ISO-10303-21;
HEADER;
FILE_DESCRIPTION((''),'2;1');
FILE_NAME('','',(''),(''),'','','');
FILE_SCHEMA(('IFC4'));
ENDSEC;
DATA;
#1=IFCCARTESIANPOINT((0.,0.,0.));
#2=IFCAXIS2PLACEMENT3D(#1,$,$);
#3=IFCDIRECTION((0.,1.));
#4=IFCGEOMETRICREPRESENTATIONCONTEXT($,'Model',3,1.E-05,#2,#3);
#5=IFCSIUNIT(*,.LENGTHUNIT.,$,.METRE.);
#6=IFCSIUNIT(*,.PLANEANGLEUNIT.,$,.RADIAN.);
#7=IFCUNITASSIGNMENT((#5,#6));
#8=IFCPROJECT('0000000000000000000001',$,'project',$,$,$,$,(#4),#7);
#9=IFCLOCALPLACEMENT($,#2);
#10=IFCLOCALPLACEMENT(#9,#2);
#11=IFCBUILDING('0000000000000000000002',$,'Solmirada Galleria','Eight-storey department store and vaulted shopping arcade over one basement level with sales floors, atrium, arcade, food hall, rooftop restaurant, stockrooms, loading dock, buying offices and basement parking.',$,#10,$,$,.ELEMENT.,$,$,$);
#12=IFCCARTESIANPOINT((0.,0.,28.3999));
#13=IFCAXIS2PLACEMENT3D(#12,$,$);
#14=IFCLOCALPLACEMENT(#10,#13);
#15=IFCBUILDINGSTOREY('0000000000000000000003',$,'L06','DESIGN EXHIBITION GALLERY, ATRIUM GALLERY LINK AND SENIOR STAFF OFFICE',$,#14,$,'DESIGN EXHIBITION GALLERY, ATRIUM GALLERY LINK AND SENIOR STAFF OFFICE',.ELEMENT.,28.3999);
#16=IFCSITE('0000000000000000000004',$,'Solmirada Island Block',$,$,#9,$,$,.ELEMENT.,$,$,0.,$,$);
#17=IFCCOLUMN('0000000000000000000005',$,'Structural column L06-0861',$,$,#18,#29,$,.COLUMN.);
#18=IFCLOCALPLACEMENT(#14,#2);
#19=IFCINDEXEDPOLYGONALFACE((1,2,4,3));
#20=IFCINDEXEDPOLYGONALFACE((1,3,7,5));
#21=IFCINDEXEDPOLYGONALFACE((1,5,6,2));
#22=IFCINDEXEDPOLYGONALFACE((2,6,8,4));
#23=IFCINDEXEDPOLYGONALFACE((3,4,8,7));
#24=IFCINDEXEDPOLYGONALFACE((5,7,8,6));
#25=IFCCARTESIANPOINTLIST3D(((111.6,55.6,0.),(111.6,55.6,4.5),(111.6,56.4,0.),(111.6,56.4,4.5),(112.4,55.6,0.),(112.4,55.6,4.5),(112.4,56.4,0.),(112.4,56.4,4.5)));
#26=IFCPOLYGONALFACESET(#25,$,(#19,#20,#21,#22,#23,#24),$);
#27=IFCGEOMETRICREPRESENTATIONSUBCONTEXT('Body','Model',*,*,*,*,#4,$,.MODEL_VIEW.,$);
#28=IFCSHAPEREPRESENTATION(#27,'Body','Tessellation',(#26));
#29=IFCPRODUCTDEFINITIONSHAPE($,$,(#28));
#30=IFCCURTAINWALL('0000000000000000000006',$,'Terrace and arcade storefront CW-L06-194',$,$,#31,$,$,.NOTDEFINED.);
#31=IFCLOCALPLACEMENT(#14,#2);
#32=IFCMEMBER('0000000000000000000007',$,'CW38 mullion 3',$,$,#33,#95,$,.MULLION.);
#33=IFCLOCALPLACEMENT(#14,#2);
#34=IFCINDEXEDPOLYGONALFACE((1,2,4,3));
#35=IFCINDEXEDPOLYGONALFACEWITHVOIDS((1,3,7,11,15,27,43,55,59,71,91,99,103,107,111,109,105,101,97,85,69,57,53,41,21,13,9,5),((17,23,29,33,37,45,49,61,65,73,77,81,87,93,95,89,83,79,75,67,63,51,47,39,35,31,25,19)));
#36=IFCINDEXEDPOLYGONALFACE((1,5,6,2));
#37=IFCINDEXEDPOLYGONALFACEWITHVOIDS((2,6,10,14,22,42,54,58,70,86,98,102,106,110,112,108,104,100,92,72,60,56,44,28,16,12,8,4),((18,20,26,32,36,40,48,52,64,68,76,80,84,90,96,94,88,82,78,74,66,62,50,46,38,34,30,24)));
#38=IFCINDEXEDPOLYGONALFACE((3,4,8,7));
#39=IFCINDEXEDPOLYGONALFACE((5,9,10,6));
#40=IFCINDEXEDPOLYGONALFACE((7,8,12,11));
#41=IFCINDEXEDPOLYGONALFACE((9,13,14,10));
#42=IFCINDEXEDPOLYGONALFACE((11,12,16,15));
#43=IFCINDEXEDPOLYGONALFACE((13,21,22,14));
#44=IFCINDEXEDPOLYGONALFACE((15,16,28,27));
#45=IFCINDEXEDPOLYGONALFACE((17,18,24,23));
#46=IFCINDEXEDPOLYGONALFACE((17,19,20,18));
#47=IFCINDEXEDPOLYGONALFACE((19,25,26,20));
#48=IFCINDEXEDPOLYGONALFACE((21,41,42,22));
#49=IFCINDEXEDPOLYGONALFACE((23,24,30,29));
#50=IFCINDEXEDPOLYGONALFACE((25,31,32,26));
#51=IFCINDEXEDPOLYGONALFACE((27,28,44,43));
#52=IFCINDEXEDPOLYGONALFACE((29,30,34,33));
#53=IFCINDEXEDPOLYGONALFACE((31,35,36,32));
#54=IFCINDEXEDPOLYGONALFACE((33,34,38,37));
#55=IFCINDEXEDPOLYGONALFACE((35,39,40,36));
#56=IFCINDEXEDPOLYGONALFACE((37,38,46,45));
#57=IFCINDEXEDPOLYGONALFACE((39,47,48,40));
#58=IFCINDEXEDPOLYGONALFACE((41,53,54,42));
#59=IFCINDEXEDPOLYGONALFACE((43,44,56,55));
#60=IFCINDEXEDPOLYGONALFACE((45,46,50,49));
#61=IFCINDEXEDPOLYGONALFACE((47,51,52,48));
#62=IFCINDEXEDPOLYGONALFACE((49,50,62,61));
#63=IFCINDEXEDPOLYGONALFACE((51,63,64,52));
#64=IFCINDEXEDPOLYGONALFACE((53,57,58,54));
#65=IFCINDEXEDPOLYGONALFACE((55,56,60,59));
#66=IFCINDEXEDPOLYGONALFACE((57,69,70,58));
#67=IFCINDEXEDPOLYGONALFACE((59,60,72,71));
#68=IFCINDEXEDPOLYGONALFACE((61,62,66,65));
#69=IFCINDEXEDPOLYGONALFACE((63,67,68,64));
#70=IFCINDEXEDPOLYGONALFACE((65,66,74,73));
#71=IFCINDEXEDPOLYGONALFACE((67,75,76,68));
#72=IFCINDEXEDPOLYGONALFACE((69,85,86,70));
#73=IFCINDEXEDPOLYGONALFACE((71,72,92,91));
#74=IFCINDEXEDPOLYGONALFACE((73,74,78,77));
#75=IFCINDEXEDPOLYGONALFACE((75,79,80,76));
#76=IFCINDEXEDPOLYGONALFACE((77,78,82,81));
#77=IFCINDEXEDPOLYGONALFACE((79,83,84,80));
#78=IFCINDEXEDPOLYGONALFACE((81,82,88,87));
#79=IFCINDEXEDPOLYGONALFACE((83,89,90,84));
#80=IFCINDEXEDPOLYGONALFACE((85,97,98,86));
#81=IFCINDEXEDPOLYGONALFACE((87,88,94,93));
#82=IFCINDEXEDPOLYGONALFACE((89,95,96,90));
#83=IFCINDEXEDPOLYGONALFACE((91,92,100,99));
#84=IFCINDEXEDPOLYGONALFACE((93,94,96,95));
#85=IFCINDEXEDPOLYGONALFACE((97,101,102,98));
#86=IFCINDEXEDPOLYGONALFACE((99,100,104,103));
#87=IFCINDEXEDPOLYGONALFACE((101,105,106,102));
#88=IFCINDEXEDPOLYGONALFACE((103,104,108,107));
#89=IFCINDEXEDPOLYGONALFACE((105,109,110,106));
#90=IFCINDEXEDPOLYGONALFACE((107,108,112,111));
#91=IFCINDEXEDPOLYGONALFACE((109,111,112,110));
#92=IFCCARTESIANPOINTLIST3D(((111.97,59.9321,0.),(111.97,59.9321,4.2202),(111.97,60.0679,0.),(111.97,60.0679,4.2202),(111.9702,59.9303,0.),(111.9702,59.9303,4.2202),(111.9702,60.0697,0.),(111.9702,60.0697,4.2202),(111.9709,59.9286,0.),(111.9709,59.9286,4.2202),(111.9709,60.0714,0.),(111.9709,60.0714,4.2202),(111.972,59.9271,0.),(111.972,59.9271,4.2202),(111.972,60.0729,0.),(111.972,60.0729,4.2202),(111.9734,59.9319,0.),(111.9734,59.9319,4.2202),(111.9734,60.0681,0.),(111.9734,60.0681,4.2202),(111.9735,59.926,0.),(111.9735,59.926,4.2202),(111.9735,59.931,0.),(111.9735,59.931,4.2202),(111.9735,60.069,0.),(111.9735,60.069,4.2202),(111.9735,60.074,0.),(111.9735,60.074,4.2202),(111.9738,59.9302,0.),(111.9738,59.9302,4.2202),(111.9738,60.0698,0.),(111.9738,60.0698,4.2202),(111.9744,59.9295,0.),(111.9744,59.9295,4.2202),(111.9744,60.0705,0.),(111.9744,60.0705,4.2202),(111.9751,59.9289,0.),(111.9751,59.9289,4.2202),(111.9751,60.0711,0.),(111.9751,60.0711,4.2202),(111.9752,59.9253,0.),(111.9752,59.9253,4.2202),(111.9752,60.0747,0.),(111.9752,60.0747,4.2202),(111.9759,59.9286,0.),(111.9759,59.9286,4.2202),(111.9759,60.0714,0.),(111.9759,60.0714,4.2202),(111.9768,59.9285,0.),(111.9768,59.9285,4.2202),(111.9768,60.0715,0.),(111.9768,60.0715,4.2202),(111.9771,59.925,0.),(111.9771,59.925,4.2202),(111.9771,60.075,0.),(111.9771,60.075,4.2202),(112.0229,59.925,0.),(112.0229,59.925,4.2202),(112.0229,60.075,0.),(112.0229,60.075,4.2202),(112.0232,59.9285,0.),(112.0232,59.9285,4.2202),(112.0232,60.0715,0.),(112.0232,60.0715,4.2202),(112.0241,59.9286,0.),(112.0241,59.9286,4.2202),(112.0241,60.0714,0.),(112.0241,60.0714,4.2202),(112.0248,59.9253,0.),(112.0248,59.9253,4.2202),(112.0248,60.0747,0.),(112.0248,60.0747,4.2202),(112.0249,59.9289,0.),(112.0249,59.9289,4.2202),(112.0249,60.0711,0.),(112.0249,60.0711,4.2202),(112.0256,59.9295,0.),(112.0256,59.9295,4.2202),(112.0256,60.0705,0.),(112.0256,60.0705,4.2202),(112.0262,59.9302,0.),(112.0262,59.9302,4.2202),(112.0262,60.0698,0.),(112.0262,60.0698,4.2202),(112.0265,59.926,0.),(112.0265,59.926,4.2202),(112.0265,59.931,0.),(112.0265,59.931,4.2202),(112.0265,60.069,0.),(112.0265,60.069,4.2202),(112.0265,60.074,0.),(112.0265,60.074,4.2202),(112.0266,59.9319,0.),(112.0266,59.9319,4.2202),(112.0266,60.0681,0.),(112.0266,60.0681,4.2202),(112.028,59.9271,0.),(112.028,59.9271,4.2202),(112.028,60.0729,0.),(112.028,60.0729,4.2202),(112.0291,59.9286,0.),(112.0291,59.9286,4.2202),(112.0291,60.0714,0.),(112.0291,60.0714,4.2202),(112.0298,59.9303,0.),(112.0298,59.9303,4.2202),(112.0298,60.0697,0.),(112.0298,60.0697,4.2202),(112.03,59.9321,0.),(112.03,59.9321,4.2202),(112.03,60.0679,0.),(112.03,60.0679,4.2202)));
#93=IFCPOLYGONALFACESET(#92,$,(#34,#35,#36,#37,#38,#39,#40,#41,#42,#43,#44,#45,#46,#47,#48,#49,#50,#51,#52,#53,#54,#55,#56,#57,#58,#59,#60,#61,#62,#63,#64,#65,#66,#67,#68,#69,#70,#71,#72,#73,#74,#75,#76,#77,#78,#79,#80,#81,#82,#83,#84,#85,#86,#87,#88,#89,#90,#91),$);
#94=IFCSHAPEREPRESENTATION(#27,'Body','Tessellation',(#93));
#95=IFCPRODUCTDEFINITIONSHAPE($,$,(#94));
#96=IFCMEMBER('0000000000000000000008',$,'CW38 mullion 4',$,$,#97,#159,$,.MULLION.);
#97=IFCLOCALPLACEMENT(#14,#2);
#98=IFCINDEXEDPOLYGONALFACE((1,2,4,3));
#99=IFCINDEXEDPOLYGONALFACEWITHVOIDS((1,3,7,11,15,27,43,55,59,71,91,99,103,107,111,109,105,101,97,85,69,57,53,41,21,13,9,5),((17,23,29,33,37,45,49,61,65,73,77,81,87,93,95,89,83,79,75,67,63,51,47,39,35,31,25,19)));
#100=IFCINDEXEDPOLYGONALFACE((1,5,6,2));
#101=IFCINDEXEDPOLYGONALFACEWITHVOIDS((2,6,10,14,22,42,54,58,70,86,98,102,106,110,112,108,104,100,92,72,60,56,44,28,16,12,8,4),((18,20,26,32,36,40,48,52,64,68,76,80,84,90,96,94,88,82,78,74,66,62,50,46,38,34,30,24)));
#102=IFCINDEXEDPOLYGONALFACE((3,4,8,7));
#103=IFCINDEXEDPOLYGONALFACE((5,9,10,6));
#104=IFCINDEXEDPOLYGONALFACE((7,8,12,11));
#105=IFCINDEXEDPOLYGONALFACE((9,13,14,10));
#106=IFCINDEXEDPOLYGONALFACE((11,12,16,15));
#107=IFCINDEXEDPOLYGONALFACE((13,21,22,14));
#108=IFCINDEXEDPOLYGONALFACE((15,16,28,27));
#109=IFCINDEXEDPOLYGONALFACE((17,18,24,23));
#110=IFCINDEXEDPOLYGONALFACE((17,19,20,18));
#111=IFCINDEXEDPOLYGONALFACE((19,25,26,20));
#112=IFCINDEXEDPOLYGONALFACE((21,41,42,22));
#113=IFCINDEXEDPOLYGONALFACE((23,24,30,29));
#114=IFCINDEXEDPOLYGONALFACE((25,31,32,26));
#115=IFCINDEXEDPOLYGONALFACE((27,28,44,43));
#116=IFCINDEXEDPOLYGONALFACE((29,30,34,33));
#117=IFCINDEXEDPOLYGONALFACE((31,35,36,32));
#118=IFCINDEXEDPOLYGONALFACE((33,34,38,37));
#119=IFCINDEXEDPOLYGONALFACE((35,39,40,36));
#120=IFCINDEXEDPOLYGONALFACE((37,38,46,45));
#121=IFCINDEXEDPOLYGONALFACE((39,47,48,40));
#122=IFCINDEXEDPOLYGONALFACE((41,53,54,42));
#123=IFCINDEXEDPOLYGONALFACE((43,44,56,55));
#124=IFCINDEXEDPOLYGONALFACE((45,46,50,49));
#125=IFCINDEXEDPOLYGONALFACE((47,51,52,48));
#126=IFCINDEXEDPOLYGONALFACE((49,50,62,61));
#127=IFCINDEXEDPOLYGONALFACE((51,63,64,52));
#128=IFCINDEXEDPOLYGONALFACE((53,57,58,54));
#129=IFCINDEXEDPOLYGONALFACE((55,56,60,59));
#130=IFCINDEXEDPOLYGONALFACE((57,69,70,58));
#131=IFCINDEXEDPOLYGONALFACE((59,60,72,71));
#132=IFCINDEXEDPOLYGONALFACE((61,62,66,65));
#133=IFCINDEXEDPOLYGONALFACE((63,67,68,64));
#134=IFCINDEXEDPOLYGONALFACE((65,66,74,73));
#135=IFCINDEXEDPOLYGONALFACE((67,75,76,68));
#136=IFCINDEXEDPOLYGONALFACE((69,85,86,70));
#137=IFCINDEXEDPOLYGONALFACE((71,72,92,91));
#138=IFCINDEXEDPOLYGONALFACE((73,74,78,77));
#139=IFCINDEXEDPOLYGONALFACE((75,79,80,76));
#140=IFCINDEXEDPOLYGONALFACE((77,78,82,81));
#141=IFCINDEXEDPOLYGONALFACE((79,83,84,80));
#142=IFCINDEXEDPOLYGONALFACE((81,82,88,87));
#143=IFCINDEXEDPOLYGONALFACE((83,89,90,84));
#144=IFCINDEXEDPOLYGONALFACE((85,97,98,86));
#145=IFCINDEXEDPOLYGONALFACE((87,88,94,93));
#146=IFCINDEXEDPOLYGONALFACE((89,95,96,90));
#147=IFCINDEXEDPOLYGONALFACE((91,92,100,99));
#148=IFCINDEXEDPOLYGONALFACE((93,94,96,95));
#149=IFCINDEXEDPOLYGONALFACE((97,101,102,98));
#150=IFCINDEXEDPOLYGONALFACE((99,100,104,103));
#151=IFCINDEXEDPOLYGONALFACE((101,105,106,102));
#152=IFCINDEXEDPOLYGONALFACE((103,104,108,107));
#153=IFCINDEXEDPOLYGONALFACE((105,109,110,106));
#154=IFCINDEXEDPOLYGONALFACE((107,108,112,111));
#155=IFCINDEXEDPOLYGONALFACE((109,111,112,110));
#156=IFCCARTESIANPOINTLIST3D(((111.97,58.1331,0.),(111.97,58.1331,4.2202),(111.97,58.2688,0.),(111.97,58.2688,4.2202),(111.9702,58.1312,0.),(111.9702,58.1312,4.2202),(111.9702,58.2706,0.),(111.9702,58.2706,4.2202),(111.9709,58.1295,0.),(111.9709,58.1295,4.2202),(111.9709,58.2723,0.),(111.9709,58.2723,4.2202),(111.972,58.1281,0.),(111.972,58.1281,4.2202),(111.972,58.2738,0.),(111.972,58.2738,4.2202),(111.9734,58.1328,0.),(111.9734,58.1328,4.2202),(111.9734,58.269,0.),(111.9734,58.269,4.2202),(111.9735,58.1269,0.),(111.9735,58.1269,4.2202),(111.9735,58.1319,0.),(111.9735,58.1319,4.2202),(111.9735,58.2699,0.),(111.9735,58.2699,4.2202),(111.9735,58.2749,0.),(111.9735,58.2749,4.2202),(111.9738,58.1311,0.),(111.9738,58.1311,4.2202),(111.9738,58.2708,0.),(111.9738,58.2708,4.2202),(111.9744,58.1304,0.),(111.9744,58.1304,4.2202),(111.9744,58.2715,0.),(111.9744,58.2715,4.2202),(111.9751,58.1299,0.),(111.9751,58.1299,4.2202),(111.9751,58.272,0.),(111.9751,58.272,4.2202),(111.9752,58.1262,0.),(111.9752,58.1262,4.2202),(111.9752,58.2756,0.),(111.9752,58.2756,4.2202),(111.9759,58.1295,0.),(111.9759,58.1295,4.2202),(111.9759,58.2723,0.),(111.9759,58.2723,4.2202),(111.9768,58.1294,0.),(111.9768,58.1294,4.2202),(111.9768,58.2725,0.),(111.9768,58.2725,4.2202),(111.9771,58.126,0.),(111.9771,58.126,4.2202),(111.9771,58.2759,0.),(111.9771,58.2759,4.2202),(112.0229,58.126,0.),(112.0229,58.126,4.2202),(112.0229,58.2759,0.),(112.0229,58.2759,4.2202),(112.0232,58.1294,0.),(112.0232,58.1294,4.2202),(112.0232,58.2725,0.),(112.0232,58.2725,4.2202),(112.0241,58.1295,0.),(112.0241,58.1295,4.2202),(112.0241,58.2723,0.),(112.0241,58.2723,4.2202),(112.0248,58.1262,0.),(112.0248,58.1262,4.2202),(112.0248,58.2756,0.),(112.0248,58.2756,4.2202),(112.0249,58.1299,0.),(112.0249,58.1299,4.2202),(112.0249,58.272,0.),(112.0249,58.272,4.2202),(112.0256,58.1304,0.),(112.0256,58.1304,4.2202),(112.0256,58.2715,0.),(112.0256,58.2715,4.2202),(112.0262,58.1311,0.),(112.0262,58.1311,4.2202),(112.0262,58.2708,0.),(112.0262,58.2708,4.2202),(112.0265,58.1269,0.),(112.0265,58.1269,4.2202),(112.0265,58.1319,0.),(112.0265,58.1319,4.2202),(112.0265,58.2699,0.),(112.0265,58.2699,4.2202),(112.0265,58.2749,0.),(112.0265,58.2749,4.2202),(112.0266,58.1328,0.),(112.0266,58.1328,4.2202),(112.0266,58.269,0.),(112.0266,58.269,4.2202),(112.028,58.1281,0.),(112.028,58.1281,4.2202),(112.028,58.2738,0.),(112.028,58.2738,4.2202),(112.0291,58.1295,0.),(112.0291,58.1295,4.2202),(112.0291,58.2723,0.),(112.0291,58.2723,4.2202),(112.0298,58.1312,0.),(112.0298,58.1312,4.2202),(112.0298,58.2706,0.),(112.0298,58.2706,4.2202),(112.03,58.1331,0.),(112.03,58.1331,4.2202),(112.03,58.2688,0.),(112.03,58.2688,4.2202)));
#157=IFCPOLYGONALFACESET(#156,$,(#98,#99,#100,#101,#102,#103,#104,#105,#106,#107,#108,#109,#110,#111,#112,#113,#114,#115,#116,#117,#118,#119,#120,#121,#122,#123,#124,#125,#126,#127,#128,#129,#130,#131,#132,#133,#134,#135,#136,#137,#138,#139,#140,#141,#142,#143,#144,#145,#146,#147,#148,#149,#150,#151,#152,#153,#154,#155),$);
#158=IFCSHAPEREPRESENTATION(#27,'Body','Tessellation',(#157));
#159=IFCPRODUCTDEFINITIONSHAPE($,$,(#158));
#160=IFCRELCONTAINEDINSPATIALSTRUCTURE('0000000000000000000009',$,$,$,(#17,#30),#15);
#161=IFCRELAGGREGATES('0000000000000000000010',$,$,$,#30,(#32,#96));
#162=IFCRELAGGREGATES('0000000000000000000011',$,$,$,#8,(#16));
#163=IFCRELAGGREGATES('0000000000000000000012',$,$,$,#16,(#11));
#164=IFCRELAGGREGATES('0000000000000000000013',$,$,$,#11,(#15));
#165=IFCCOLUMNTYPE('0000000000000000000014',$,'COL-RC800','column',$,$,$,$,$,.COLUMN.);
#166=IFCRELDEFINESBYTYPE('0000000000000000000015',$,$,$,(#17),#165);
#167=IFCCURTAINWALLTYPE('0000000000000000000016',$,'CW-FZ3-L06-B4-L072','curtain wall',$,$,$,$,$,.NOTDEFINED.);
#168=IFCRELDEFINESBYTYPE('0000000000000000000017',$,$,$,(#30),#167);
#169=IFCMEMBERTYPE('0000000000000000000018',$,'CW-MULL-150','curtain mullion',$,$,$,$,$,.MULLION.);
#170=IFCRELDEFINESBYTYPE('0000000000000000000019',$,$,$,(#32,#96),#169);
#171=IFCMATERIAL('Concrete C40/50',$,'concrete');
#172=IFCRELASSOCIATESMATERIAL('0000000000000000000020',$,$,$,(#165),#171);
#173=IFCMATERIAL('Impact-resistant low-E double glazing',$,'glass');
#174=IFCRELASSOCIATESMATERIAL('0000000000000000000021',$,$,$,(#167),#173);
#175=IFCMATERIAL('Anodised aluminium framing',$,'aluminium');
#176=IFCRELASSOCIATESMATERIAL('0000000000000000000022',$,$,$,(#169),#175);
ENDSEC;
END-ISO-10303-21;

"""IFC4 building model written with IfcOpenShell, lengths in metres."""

from ifc_helpers import new_model, si_unit, direction, frame, origin, origin_2d, place, context, subcontext, project, spatial, rectangle, hollow_rectangle, extrude, material, material_profile, profile_set, type_object, element, aggregate, save


model = new_model("IFC4")

# Units and contexts
model_context = context("Model", 3, precision=1e-05, world=origin(), true_north=direction((0.0, 1.0)))
body_context = subcontext(model_context, "Body", "Model", "MODEL_VIEW")
ifc_project = project(units=[si_unit("LENGTHUNIT", "METRE"), si_unit("PLANEANGLEUNIT", "RADIAN")], contexts=[model_context])

# Site, building, storey
site_placement = place(None, origin())
site = spatial("IfcSite", under=ifc_project, at=site_placement, Name="Solmirada Island Block", CompositionType="ELEMENT", RefElevation=0.0)
building_placement = place(site_placement, origin())
building = spatial("IfcBuilding", under=site, at=building_placement, Name="Solmirada Galleria", Description="Eight-storey department store and vaulted shopping arcade over one basement level with sales floors, atrium, arcade, food hall, rooftop restaurant, stockrooms, loading dock, buying offices and basement parking.", CompositionType="ELEMENT")
storey_placement = place(building_placement, frame((0.0, 0.0, 28.3999)))
storey = spatial("IfcBuildingStorey", under=building, at=storey_placement, Name="L06", Description="DESIGN EXHIBITION GALLERY, ATRIUM GALLERY LINK AND SENIOR STAFF OFFICE", LongName="DESIGN EXHIBITION GALLERY, ATRIUM GALLERY LINK AND SENIOR STAFF OFFICE", CompositionType="ELEMENT", Elevation=28.3999)

# Column
ifc_material_1 = material(Name="Concrete C40/50", Category="concrete")
ifc_material_profile_1 = material_profile(ifc_material_1, rectangle(XDim=0.8, YDim=0.8, at=origin_2d()), Name="RC800X800")
ifc_profile_set_1 = profile_set([ifc_material_profile_1], Name="Concrete C40/50")
column_type = type_object("IfcColumnType", Name="COL-RC800", Description="column", PredefinedType="COLUMN", material=ifc_profile_set_1)
column_placement = place(storey_placement, frame((112.0, 56.0, 0.0), z_axis=(0.0, 0.0, 1.0), x_axis=(1.0, 0.0, 0.0)))
element("IfcColumn", 1, at=column_placement, inside=storey, type_object=column_type, Name="Structural column L06-0861", PredefinedType="COLUMN", context=body_context, shape_type="SweptSolid", body=[
    extrude(rectangle(XDim=0.8, YDim=0.8, at=origin_2d()), origin(), (0.0, 0.0, 1.0), 4.5),
])

# Curtain wall, members
ifc_material_2 = material(Name="Impact-resistant low-E double glazing", Category="glass")
curtain_wall_type = type_object("IfcCurtainWallType", Name="CW-FZ3-L06-B4-L072", Description="curtain wall", PredefinedType="NOTDEFINED", material=ifc_material_2)
curtain_wall_1_placement = place(storey_placement, origin())
curtain_wall_1 = element("IfcCurtainWall", 2, at=curtain_wall_1_placement, inside=storey, type_object=curtain_wall_type, Name="Terrace and arcade storefront CW-L06-194", PredefinedType="NOTDEFINED")
ifc_material_3 = material(Name="Anodised aluminium framing", Category="aluminium")
ifc_material_profile_2 = material_profile(ifc_material_3, hollow_rectangle(XDim=0.0601, YDim=0.1499, WallThickness=0.0034, InnerFilletRadius=0.0034, OuterFilletRadius=0.0071, at=origin_2d()), Name="ALU-MULL-150X60")
ifc_profile_set_2 = profile_set([ifc_material_profile_2], Name="Anodised aluminium framing")
member_type_1 = type_object("IfcMemberType", Name="CW-MULL-150", Description="curtain mullion", PredefinedType="MULLION", material=ifc_profile_set_2)
member_1_placement = place(storey_placement, frame((112.0, 60.0, 0.0), z_axis=(0.0, 0.0, 1.0), x_axis=(1.0, 0.0, 0.0)))
member_1 = element("IfcMember", 3, at=member_1_placement, type_object=member_type_1, Name="CW38 mullion 3", PredefinedType="MULLION", context=body_context, shape_type="SweptSolid", body=[
    extrude(hollow_rectangle(XDim=0.0601, YDim=0.1499, WallThickness=0.0034, InnerFilletRadius=0.0034, OuterFilletRadius=0.0071, at=origin_2d()), origin(), (0.0, 0.0, 1.0), 4.2202),
])
member_2_placement = place(storey_placement, frame((112.0, 58.2009, 0.0), z_axis=(0.0, 0.0, 1.0), x_axis=(1.0, 0.0, 0.0)))
member_2 = element("IfcMember", 4, at=member_2_placement, type_object=member_type_1, Name="CW38 mullion 4", PredefinedType="MULLION", context=body_context, shape_type="SweptSolid", body=[
    extrude(hollow_rectangle(XDim=0.0601, YDim=0.1499, WallThickness=0.0034, InnerFilletRadius=0.0034, OuterFilletRadius=0.0071, at=origin_2d()), origin(), (0.0, 0.0, 1.0), 4.2202),
])

aggregate(curtain_wall_1, [member_1, member_2])

save(model, "model.ifc")
